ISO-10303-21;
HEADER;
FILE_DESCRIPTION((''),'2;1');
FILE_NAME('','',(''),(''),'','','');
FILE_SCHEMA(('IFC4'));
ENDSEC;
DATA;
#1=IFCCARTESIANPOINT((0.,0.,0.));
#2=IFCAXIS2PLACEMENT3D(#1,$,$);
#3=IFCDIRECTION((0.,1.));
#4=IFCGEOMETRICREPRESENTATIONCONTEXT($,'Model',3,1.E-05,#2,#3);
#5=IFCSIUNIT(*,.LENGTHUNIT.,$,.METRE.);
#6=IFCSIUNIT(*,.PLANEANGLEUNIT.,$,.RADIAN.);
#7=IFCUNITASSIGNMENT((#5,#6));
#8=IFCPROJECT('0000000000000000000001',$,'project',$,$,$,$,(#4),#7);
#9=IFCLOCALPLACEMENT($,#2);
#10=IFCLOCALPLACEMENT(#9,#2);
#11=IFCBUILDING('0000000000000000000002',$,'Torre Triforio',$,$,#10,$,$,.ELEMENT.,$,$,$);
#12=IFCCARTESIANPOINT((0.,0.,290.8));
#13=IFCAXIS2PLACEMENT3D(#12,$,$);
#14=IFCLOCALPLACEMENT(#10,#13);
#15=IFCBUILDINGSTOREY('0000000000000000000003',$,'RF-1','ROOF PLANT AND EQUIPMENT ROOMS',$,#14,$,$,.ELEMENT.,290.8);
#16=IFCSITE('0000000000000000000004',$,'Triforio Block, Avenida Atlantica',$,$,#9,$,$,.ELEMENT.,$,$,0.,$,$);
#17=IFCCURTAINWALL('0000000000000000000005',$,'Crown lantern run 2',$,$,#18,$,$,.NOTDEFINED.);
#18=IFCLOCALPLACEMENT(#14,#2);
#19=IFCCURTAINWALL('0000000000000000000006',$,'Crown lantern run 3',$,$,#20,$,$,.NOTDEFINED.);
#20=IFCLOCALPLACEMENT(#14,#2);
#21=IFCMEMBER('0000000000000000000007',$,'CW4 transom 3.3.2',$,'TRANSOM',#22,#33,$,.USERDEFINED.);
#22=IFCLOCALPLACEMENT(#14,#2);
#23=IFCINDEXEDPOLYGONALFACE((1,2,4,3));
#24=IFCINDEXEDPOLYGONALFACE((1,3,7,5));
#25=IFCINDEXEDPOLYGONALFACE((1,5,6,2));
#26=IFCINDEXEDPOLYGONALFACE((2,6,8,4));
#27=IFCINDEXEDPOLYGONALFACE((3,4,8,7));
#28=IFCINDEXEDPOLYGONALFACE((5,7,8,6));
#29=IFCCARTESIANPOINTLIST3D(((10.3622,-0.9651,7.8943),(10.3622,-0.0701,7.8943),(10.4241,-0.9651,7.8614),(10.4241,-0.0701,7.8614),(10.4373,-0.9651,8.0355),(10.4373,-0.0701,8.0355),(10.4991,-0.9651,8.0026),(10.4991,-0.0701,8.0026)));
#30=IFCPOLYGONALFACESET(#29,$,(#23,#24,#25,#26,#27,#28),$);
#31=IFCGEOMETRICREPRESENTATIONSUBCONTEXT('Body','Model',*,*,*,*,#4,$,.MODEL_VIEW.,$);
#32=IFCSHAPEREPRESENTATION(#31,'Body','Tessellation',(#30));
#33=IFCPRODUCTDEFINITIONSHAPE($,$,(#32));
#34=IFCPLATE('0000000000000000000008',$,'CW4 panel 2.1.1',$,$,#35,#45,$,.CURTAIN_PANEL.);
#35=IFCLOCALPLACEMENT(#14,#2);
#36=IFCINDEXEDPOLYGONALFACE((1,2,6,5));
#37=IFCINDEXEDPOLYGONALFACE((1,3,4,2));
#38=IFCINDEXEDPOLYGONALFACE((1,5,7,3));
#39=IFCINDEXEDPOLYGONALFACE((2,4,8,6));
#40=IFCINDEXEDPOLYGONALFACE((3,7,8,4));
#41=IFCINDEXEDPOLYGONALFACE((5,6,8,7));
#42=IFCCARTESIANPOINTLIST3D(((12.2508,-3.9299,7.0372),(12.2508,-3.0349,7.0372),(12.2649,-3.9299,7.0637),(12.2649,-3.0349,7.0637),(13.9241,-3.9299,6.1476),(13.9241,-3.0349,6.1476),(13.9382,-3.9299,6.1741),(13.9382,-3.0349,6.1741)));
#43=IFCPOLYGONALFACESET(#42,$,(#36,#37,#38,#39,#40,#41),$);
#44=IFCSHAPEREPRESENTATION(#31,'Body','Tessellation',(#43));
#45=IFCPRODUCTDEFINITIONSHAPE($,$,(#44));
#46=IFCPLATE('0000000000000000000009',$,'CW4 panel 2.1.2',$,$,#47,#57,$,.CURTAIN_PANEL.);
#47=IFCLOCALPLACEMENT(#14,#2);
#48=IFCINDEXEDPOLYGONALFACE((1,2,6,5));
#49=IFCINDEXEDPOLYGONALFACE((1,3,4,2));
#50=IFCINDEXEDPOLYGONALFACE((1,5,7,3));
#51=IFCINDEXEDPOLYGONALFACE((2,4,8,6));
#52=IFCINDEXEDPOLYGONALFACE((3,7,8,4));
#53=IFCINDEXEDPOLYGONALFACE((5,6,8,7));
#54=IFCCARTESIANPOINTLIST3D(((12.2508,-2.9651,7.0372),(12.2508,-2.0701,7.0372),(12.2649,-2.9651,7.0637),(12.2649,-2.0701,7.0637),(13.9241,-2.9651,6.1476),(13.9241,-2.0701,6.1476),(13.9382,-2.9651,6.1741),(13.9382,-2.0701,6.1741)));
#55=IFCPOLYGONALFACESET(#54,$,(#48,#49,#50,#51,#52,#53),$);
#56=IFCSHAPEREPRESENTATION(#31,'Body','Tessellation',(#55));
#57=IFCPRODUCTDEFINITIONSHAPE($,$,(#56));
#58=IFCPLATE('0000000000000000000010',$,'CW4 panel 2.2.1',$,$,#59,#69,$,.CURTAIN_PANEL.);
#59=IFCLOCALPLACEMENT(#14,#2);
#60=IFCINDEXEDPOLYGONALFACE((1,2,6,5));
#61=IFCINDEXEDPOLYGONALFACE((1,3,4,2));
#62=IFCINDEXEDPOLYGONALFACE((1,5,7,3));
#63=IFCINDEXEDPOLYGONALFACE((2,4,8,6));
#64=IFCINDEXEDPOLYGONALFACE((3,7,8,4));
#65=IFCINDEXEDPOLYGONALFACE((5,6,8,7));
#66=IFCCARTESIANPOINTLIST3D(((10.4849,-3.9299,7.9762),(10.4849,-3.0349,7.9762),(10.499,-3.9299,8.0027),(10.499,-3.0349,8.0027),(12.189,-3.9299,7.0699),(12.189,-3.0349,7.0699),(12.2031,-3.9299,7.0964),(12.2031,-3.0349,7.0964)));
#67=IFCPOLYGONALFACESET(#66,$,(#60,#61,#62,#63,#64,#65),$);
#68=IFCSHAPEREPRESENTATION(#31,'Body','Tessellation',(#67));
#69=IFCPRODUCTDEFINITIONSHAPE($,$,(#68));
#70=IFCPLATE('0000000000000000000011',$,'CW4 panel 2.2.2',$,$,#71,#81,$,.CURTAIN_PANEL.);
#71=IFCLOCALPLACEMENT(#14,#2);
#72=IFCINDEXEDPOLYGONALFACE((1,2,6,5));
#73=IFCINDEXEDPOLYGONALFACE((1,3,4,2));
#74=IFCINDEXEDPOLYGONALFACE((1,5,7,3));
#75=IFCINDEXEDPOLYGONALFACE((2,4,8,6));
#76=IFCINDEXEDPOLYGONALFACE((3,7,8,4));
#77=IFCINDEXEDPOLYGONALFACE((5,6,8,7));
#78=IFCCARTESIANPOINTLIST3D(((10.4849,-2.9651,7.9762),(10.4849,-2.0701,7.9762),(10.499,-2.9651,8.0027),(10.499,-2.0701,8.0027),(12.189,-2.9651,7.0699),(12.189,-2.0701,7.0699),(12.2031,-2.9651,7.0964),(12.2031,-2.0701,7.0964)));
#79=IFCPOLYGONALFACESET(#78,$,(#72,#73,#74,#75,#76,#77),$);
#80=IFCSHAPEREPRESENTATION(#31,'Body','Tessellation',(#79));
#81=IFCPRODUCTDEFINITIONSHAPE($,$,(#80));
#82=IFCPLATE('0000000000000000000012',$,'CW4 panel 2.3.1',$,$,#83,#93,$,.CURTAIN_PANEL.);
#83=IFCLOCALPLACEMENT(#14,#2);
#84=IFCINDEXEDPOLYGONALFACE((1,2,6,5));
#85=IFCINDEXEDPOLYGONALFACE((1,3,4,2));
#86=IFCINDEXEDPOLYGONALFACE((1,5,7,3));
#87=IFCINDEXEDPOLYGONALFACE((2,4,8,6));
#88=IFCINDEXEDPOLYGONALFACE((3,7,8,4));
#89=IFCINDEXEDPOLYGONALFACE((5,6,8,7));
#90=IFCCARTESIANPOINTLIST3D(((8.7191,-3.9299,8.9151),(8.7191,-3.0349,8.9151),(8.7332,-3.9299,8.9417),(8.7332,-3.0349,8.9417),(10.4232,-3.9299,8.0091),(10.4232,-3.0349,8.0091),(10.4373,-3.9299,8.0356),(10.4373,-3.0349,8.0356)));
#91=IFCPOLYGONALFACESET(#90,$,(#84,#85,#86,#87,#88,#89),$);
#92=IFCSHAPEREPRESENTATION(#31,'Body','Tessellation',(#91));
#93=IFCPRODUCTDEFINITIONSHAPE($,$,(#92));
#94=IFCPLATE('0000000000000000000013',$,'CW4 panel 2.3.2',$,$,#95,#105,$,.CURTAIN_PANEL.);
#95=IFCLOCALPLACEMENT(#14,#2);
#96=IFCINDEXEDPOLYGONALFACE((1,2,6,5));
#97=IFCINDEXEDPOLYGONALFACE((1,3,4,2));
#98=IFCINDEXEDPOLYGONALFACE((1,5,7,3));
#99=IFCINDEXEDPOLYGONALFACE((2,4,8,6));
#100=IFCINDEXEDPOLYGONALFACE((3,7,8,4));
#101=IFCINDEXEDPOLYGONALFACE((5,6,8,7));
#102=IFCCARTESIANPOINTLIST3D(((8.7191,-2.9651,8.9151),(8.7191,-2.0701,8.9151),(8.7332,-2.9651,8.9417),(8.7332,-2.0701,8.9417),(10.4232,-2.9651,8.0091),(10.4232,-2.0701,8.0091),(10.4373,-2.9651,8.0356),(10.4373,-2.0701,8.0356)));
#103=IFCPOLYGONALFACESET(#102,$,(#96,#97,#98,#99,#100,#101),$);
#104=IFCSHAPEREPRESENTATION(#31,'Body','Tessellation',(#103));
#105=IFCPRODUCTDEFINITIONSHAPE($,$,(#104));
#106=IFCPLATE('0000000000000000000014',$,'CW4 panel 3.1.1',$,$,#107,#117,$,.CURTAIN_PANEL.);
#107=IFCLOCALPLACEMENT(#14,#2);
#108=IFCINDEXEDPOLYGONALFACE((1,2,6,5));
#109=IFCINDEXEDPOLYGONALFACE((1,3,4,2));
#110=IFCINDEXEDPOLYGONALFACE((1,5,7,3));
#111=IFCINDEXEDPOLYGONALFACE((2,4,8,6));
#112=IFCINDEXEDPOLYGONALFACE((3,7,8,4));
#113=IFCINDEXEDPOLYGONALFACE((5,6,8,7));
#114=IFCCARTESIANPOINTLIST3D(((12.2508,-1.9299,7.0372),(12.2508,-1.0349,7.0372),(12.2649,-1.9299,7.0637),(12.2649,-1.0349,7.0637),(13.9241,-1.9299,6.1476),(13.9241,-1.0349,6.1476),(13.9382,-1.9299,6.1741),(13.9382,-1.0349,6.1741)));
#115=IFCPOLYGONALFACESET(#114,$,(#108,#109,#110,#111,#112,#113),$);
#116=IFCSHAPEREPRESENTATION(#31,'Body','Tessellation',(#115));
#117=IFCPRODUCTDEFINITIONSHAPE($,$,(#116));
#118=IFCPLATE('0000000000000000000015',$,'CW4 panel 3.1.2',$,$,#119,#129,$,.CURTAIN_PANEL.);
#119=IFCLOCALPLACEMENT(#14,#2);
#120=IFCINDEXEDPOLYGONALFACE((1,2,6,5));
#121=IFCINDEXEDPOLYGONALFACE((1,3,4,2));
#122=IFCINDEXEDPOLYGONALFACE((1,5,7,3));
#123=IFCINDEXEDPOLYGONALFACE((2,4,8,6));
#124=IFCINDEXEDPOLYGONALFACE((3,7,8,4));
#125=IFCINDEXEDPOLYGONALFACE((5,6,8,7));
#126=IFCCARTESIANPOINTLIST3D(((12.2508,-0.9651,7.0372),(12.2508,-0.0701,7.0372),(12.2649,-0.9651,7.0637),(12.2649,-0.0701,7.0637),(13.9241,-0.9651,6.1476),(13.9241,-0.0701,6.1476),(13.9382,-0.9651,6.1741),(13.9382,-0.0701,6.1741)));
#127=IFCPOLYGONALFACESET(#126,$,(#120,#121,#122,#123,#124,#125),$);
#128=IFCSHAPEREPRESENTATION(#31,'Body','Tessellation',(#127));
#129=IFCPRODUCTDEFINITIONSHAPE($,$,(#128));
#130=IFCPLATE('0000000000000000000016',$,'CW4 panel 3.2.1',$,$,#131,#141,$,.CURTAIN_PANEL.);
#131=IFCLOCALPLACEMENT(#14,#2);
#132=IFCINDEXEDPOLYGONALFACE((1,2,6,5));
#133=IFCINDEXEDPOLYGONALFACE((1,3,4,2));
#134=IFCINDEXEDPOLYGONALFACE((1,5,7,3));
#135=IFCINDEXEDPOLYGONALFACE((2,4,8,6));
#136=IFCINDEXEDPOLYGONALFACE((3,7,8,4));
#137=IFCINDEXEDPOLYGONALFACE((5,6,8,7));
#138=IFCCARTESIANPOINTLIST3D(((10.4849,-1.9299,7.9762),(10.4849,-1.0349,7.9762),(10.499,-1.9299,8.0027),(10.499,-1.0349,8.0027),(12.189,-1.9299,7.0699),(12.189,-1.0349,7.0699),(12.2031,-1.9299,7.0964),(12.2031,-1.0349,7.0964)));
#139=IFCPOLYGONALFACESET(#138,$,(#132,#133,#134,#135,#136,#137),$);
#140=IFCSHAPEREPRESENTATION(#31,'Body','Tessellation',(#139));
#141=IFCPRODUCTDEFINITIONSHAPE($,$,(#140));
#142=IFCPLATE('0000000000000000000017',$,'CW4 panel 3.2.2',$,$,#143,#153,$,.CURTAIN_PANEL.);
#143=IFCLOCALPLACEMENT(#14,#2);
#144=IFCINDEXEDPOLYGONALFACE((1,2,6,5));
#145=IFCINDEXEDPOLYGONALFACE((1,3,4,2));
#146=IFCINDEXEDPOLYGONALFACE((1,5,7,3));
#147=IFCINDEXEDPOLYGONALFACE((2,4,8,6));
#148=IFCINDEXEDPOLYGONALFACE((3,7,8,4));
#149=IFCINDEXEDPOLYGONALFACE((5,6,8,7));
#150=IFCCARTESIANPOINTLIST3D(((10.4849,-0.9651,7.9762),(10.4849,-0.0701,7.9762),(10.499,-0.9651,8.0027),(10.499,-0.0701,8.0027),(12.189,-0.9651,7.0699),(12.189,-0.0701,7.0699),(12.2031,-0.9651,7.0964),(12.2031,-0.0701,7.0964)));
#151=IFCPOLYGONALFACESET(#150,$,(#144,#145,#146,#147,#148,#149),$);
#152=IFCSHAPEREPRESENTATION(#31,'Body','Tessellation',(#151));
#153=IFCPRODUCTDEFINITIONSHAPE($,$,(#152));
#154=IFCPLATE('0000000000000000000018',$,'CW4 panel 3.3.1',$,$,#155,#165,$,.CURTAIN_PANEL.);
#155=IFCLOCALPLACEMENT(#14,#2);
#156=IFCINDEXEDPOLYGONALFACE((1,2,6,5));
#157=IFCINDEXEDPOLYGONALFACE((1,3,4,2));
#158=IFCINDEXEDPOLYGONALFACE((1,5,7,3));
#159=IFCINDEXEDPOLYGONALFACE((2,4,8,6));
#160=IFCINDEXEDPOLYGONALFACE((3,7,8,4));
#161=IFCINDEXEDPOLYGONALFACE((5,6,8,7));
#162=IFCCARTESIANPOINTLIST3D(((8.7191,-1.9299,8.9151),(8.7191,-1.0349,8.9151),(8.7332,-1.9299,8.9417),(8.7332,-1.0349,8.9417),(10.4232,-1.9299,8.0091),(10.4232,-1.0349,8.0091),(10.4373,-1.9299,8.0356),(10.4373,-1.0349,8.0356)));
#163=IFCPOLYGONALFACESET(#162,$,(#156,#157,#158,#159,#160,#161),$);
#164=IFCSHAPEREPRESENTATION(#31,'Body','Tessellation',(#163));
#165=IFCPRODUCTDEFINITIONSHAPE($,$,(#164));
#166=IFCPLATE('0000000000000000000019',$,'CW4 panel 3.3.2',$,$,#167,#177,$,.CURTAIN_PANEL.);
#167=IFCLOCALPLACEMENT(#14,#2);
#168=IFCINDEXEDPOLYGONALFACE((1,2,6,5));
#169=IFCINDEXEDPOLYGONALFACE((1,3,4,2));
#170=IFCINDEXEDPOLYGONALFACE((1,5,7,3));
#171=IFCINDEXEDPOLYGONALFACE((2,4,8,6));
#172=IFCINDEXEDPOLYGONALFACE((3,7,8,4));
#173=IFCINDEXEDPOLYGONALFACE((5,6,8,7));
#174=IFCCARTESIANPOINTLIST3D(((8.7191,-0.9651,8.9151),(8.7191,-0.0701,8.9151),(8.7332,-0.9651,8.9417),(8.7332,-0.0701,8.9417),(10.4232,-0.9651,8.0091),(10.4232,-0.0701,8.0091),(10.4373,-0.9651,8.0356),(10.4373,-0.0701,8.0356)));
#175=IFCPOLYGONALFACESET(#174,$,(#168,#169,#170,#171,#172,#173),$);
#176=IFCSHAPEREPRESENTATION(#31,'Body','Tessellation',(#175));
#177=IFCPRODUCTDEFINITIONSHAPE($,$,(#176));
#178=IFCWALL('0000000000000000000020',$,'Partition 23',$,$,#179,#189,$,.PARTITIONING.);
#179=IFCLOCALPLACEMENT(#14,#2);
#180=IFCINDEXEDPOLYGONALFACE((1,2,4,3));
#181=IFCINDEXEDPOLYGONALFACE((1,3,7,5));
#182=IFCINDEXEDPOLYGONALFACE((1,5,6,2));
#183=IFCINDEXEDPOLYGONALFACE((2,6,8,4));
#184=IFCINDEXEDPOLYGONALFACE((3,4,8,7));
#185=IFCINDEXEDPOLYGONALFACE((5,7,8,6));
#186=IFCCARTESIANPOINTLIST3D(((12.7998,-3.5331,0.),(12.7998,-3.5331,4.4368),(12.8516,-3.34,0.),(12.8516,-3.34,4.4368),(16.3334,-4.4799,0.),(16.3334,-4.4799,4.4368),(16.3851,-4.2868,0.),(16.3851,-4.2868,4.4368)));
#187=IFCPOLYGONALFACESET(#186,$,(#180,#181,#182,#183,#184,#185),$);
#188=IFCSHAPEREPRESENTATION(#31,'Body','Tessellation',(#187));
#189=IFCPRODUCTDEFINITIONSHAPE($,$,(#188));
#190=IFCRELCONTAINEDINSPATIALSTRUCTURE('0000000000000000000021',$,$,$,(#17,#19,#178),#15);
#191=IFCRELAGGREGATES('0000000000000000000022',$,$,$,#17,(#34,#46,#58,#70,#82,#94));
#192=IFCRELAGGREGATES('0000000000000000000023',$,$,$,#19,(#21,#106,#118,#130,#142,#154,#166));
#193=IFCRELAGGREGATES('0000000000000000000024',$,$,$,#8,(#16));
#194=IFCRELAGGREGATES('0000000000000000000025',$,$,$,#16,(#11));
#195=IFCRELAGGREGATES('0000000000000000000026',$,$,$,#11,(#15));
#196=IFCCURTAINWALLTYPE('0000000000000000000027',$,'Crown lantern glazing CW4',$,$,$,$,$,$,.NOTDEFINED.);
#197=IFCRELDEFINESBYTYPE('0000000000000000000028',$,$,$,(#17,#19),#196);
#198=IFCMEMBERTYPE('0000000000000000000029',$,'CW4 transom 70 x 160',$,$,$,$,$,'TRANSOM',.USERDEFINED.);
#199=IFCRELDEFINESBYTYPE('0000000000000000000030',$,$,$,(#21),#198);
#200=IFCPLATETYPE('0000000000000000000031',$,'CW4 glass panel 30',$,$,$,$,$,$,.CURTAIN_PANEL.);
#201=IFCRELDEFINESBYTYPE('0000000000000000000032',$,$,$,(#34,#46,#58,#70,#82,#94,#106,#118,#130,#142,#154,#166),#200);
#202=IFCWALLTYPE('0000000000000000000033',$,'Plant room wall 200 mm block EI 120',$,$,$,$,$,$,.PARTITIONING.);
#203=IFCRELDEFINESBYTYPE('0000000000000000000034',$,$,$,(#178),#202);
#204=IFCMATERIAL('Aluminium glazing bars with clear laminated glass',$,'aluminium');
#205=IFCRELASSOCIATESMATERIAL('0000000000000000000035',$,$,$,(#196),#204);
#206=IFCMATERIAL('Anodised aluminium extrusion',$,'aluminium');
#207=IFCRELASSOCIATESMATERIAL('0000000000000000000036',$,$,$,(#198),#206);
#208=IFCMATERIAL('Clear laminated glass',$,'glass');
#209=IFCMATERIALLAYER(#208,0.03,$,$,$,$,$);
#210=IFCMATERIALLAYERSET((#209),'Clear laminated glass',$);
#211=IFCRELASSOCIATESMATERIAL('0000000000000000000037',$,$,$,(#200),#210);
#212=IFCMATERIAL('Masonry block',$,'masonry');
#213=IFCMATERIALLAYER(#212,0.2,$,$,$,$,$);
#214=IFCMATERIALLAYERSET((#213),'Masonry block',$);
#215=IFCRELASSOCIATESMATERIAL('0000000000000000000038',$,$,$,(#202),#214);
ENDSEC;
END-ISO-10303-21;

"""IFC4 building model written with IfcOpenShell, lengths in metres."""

from ifc_helpers import new_model, si_unit, direction, frame, frame_2d, origin, origin_2d, place, context, subcontext, project, spatial, polyline, rectangle, outline, extrude, material, layer, layer_set, material_profile, profile_set, type_object, element, aggregate, save


model = new_model("IFC4")

# Units and contexts
model_context = context("Model", 3, precision=1e-05, world=origin(), true_north=direction((0.0, 1.0)))
body_context = subcontext(model_context, "Body", "Model", "MODEL_VIEW")
ifc_project = project(units=[si_unit("LENGTHUNIT", "METRE"), si_unit("PLANEANGLEUNIT", "RADIAN")], contexts=[model_context])

# Site, building, storey
site_placement = place(None, origin())
site = spatial("IfcSite", under=ifc_project, at=site_placement, Name="Triforio Block, Avenida Atlantica", CompositionType="ELEMENT", RefElevation=0.0)
building_placement = place(site_placement, origin())
building = spatial("IfcBuilding", under=site, at=building_placement, Name="Torre Triforio", CompositionType="ELEMENT")
storey_placement = place(building_placement, frame((0.0, 0.0, 290.8)))
storey = spatial("IfcBuildingStorey", under=building, at=storey_placement, Name="RF-1", Description="ROOF PLANT AND EQUIPMENT ROOMS", CompositionType="ELEMENT", Elevation=290.8)

# Shared definitions
ifc_material_1 = material(Name="Aluminium glazing bars with clear laminated glass", Category="aluminium")
curtain_wall_type = type_object("IfcCurtainWallType", Name="Crown lantern glazing CW4", PredefinedType="NOTDEFINED", material=ifc_material_1)
ifc_material_2 = material(Name="Anodised aluminium extrusion", Category="aluminium")

# Curtain walls
curtain_wall_1_placement = place(storey_placement, origin())
curtain_wall_1 = element("IfcCurtainWall", 1, at=curtain_wall_1_placement, inside=storey, type_object=curtain_wall_type, Name="Crown lantern run 2", PredefinedType="NOTDEFINED")
curtain_wall_2_placement = place(storey_placement, origin())
curtain_wall_2 = element("IfcCurtainWall", 2, at=curtain_wall_2_placement, inside=storey, type_object=curtain_wall_type, Name="Crown lantern run 3", PredefinedType="NOTDEFINED")

# Member
ifc_material_profile_1 = material_profile(ifc_material_2, rectangle(XDim=0.0701, YDim=0.1599, at=origin_2d()), Name="CW4 TRANSOM 70x160")
ifc_profile_set_1 = profile_set([ifc_material_profile_1], Name="Anodised aluminium extrusion")
member_type_1 = type_object("IfcMemberType", Name="CW4 transom 70 x 160", ElementType="TRANSOM", PredefinedType="USERDEFINED", material=ifc_profile_set_1)
member_1_placement = place(storey_placement, frame((10.4307, -0.9651, 7.9485), z_axis=(0.0, 1.0, 0.0), x_axis=(-0.882948, 0.0, 0.469472)))
member_1 = element("IfcMember", 3, at=member_1_placement, type_object=member_type_1, Name="CW4 transom 3.3.2", ObjectType="TRANSOM", PredefinedType="USERDEFINED", context=body_context, shape_type="SweptSolid", body=[
    extrude(rectangle(XDim=0.0701, YDim=0.1599, at=origin_2d()), origin(), (0.0, 0.0, 1.0), 0.895),
])

# Plates
ifc_material_3 = material(Name="Clear laminated glass", Category="glass")
ifc_layer_1 = layer(ifc_material_3, 0.03)
ifc_layer_set_1 = layer_set([ifc_layer_1], Name="Clear laminated glass")
plate_type = type_object("IfcPlateType", Name="CW4 glass panel 30", PredefinedType="CURTAIN_PANEL", material=ifc_layer_set_1)
plate_1_placement = place(storey_placement, frame((13.9382, -3.9299, 6.1741), z_axis=(0.469438, 0.0, 0.882966), x_axis=(0.0, 1.0, 0.0)))
plate_1 = element("IfcPlate", 4, at=plate_1_placement, type_object=plate_type, Name="CW4 panel 2.1.1", PredefinedType="CURTAIN_PANEL", context=body_context, shape_type="SweptSolid", body=[
    extrude(outline(polyline([(0.0, 0.0), (0.895, 0.0), (0.895, 1.8951), (0.0, 1.8951), (0.0, 0.0)])), origin(), (0.0, 0.0, -1.0), 0.03),
])
plate_2_placement = place(storey_placement, frame((13.9382, -2.9651, 6.1741), z_axis=(0.469438, 0.0, 0.882966), x_axis=(0.0, 1.0, 0.0)))
plate_2 = element("IfcPlate", 5, at=plate_2_placement, type_object=plate_type, Name="CW4 panel 2.1.2", PredefinedType="CURTAIN_PANEL", context=body_context, shape_type="SweptSolid", body=[
    extrude(outline(polyline([(0.0, 0.0), (0.895, 0.0), (0.895, 1.8951), (0.0, 1.8951), (0.0, 0.0)])), origin(), (0.0, 0.0, -1.0), 0.03),
])
plate_3_placement = place(storey_placement, frame((12.2031, -3.9299, 7.0964), z_axis=(0.469537, 0.0, 0.882913), x_axis=(0.0, 1.0, 0.0)))
plate_3 = element("IfcPlate", 6, at=plate_3_placement, type_object=plate_type, Name="CW4 panel 2.2.1", PredefinedType="CURTAIN_PANEL", context=body_context, shape_type="SweptSolid", body=[
    extrude(outline(polyline([(0.0, 0.0), (0.895, 0.0), (0.895, 1.9301), (0.0, 1.9301), (0.0, 0.0)])), origin(), (0.0, 0.0, -1.0), 0.03),
])
plate_4_placement = place(storey_placement, frame((12.2031, -2.9651, 7.0964), z_axis=(0.469537, 0.0, 0.882913), x_axis=(0.0, 1.0, 0.0)))
plate_4 = element("IfcPlate", 7, at=plate_4_placement, type_object=plate_type, Name="CW4 panel 2.2.2", PredefinedType="CURTAIN_PANEL", context=body_context, shape_type="SweptSolid", body=[
    extrude(outline(polyline([(0.0, 0.0), (0.895, 0.0), (0.895, 1.9301), (0.0, 1.9301), (0.0, 0.0)])), origin(), (0.0, 0.0, -1.0), 0.03),
])
plate_5_placement = place(storey_placement, frame((10.4373, -3.9299, 8.0356), z_axis=(0.469439, 0.0, 0.882965), x_axis=(0.0, 1.0, 0.0)))
plate_5 = element("IfcPlate", 8, at=plate_5_placement, type_object=plate_type, Name="CW4 panel 2.3.1", PredefinedType="CURTAIN_PANEL", context=body_context, shape_type="SweptSolid", body=[
    extrude(outline(polyline([(0.0, 0.0), (0.895, 0.0), (0.895, 1.93), (0.0, 1.93), (0.0, 0.0)])), origin(), (0.0, 0.0, -1.0), 0.03),
])
plate_6_placement = place(storey_placement, frame((10.4373, -2.9651, 8.0356), z_axis=(0.469439, 0.0, 0.882965), x_axis=(0.0, 1.0, 0.0)))
plate_6 = element("IfcPlate", 9, at=plate_6_placement, type_object=plate_type, Name="CW4 panel 2.3.2", PredefinedType="CURTAIN_PANEL", context=body_context, shape_type="SweptSolid", body=[
    extrude(outline(polyline([(0.0, 0.0), (0.895, 0.0), (0.895, 1.93), (0.0, 1.93), (0.0, 0.0)])), origin(), (0.0, 0.0, -1.0), 0.03),
])
aggregate(curtain_wall_1, [plate_1, plate_2, plate_3, plate_4, plate_5, plate_6])
plate_7_placement = place(storey_placement, frame((13.9382, -1.9299, 6.1741), z_axis=(0.469438, 0.0, 0.882966), x_axis=(0.0, 1.0, 0.0)))
plate_7 = element("IfcPlate", 10, at=plate_7_placement, type_object=plate_type, Name="CW4 panel 3.1.1", PredefinedType="CURTAIN_PANEL", context=body_context, shape_type="SweptSolid", body=[
    extrude(outline(polyline([(0.0, 0.0), (0.895, 0.0), (0.895, 1.8951), (0.0, 1.8951), (0.0, 0.0)])), origin(), (0.0, 0.0, -1.0), 0.03),
])
plate_8_placement = place(storey_placement, frame((13.9382, -0.9651, 6.1741), z_axis=(0.469438, 0.0, 0.882966), x_axis=(0.0, 1.0, 0.0)))
plate_8 = element("IfcPlate", 11, at=plate_8_placement, type_object=plate_type, Name="CW4 panel 3.1.2", PredefinedType="CURTAIN_PANEL", context=body_context, shape_type="SweptSolid", body=[
    extrude(outline(polyline([(0.0, 0.0), (0.895, 0.0), (0.895, 1.8951), (0.0, 1.8951), (0.0, 0.0)])), origin(), (0.0, 0.0, -1.0), 0.03),
])
plate_9_placement = place(storey_placement, frame((12.2031, -1.9299, 7.0964), z_axis=(0.469537, 0.0, 0.882913), x_axis=(0.0, 1.0, 0.0)))
plate_9 = element("IfcPlate", 12, at=plate_9_placement, type_object=plate_type, Name="CW4 panel 3.2.1", PredefinedType="CURTAIN_PANEL", context=body_context, shape_type="SweptSolid", body=[
    extrude(outline(polyline([(0.0, 0.0), (0.895, 0.0), (0.895, 1.9301), (0.0, 1.9301), (0.0, 0.0)])), origin(), (0.0, 0.0, -1.0), 0.03),
])
plate_10_placement = place(storey_placement, frame((12.2031, -0.9651, 7.0964), z_axis=(0.469537, 0.0, 0.882913), x_axis=(0.0, 1.0, 0.0)))
plate_10 = element("IfcPlate", 13, at=plate_10_placement, type_object=plate_type, Name="CW4 panel 3.2.2", PredefinedType="CURTAIN_PANEL", context=body_context, shape_type="SweptSolid", body=[
    extrude(outline(polyline([(0.0, 0.0), (0.895, 0.0), (0.895, 1.9301), (0.0, 1.9301), (0.0, 0.0)])), origin(), (0.0, 0.0, -1.0), 0.03),
])
plate_11_placement = place(storey_placement, frame((10.4373, -1.9299, 8.0356), z_axis=(0.469439, 0.0, 0.882965), x_axis=(0.0, 1.0, 0.0)))
plate_11 = element("IfcPlate", 14, at=plate_11_placement, type_object=plate_type, Name="CW4 panel 3.3.1", PredefinedType="CURTAIN_PANEL", context=body_context, shape_type="SweptSolid", body=[
    extrude(outline(polyline([(0.0, 0.0), (0.895, 0.0), (0.895, 1.93), (0.0, 1.93), (0.0, 0.0)])), origin(), (0.0, 0.0, -1.0), 0.03),
])
plate_12_placement = place(storey_placement, frame((10.4373, -0.9651, 8.0356), z_axis=(0.469439, 0.0, 0.882965), x_axis=(0.0, 1.0, 0.0)))
plate_12 = element("IfcPlate", 15, at=plate_12_placement, type_object=plate_type, Name="CW4 panel 3.3.2", PredefinedType="CURTAIN_PANEL", context=body_context, shape_type="SweptSolid", body=[
    extrude(outline(polyline([(0.0, 0.0), (0.895, 0.0), (0.895, 1.93), (0.0, 1.93), (0.0, 0.0)])), origin(), (0.0, 0.0, -1.0), 0.03),
])
aggregate(curtain_wall_2, [member_1, plate_7, plate_8, plate_9, plate_10, plate_11, plate_12])

# Wall
ifc_material_4 = material(Name="Masonry block", Category="masonry")
ifc_layer_2 = layer(ifc_material_4, 0.2)
ifc_layer_set_2 = layer_set([ifc_layer_2], Name="Masonry block")
wall_type = type_object("IfcWallType", Name="Plant room wall 200 mm block EI 120", PredefinedType="PARTITIONING", material=ifc_layer_set_2)
wall_placement = place(storey_placement, frame((12.8257, -3.4365, 0.0), z_axis=(0.0, 0.0, 1.0), x_axis=(0.965926, -0.258817, 0.0)))
element("IfcWall", 16, at=wall_placement, inside=storey, type_object=wall_type, Name="Partition 23", PredefinedType="PARTITIONING", context=body_context, shape_type="SweptSolid", body=[
    extrude(rectangle(XDim=3.6582, YDim=0.2, at=frame_2d((1.8291, 0.0))), origin(), (0.0, 0.0, 1.0), 4.4368),
])

save(model, "model.ifc")
